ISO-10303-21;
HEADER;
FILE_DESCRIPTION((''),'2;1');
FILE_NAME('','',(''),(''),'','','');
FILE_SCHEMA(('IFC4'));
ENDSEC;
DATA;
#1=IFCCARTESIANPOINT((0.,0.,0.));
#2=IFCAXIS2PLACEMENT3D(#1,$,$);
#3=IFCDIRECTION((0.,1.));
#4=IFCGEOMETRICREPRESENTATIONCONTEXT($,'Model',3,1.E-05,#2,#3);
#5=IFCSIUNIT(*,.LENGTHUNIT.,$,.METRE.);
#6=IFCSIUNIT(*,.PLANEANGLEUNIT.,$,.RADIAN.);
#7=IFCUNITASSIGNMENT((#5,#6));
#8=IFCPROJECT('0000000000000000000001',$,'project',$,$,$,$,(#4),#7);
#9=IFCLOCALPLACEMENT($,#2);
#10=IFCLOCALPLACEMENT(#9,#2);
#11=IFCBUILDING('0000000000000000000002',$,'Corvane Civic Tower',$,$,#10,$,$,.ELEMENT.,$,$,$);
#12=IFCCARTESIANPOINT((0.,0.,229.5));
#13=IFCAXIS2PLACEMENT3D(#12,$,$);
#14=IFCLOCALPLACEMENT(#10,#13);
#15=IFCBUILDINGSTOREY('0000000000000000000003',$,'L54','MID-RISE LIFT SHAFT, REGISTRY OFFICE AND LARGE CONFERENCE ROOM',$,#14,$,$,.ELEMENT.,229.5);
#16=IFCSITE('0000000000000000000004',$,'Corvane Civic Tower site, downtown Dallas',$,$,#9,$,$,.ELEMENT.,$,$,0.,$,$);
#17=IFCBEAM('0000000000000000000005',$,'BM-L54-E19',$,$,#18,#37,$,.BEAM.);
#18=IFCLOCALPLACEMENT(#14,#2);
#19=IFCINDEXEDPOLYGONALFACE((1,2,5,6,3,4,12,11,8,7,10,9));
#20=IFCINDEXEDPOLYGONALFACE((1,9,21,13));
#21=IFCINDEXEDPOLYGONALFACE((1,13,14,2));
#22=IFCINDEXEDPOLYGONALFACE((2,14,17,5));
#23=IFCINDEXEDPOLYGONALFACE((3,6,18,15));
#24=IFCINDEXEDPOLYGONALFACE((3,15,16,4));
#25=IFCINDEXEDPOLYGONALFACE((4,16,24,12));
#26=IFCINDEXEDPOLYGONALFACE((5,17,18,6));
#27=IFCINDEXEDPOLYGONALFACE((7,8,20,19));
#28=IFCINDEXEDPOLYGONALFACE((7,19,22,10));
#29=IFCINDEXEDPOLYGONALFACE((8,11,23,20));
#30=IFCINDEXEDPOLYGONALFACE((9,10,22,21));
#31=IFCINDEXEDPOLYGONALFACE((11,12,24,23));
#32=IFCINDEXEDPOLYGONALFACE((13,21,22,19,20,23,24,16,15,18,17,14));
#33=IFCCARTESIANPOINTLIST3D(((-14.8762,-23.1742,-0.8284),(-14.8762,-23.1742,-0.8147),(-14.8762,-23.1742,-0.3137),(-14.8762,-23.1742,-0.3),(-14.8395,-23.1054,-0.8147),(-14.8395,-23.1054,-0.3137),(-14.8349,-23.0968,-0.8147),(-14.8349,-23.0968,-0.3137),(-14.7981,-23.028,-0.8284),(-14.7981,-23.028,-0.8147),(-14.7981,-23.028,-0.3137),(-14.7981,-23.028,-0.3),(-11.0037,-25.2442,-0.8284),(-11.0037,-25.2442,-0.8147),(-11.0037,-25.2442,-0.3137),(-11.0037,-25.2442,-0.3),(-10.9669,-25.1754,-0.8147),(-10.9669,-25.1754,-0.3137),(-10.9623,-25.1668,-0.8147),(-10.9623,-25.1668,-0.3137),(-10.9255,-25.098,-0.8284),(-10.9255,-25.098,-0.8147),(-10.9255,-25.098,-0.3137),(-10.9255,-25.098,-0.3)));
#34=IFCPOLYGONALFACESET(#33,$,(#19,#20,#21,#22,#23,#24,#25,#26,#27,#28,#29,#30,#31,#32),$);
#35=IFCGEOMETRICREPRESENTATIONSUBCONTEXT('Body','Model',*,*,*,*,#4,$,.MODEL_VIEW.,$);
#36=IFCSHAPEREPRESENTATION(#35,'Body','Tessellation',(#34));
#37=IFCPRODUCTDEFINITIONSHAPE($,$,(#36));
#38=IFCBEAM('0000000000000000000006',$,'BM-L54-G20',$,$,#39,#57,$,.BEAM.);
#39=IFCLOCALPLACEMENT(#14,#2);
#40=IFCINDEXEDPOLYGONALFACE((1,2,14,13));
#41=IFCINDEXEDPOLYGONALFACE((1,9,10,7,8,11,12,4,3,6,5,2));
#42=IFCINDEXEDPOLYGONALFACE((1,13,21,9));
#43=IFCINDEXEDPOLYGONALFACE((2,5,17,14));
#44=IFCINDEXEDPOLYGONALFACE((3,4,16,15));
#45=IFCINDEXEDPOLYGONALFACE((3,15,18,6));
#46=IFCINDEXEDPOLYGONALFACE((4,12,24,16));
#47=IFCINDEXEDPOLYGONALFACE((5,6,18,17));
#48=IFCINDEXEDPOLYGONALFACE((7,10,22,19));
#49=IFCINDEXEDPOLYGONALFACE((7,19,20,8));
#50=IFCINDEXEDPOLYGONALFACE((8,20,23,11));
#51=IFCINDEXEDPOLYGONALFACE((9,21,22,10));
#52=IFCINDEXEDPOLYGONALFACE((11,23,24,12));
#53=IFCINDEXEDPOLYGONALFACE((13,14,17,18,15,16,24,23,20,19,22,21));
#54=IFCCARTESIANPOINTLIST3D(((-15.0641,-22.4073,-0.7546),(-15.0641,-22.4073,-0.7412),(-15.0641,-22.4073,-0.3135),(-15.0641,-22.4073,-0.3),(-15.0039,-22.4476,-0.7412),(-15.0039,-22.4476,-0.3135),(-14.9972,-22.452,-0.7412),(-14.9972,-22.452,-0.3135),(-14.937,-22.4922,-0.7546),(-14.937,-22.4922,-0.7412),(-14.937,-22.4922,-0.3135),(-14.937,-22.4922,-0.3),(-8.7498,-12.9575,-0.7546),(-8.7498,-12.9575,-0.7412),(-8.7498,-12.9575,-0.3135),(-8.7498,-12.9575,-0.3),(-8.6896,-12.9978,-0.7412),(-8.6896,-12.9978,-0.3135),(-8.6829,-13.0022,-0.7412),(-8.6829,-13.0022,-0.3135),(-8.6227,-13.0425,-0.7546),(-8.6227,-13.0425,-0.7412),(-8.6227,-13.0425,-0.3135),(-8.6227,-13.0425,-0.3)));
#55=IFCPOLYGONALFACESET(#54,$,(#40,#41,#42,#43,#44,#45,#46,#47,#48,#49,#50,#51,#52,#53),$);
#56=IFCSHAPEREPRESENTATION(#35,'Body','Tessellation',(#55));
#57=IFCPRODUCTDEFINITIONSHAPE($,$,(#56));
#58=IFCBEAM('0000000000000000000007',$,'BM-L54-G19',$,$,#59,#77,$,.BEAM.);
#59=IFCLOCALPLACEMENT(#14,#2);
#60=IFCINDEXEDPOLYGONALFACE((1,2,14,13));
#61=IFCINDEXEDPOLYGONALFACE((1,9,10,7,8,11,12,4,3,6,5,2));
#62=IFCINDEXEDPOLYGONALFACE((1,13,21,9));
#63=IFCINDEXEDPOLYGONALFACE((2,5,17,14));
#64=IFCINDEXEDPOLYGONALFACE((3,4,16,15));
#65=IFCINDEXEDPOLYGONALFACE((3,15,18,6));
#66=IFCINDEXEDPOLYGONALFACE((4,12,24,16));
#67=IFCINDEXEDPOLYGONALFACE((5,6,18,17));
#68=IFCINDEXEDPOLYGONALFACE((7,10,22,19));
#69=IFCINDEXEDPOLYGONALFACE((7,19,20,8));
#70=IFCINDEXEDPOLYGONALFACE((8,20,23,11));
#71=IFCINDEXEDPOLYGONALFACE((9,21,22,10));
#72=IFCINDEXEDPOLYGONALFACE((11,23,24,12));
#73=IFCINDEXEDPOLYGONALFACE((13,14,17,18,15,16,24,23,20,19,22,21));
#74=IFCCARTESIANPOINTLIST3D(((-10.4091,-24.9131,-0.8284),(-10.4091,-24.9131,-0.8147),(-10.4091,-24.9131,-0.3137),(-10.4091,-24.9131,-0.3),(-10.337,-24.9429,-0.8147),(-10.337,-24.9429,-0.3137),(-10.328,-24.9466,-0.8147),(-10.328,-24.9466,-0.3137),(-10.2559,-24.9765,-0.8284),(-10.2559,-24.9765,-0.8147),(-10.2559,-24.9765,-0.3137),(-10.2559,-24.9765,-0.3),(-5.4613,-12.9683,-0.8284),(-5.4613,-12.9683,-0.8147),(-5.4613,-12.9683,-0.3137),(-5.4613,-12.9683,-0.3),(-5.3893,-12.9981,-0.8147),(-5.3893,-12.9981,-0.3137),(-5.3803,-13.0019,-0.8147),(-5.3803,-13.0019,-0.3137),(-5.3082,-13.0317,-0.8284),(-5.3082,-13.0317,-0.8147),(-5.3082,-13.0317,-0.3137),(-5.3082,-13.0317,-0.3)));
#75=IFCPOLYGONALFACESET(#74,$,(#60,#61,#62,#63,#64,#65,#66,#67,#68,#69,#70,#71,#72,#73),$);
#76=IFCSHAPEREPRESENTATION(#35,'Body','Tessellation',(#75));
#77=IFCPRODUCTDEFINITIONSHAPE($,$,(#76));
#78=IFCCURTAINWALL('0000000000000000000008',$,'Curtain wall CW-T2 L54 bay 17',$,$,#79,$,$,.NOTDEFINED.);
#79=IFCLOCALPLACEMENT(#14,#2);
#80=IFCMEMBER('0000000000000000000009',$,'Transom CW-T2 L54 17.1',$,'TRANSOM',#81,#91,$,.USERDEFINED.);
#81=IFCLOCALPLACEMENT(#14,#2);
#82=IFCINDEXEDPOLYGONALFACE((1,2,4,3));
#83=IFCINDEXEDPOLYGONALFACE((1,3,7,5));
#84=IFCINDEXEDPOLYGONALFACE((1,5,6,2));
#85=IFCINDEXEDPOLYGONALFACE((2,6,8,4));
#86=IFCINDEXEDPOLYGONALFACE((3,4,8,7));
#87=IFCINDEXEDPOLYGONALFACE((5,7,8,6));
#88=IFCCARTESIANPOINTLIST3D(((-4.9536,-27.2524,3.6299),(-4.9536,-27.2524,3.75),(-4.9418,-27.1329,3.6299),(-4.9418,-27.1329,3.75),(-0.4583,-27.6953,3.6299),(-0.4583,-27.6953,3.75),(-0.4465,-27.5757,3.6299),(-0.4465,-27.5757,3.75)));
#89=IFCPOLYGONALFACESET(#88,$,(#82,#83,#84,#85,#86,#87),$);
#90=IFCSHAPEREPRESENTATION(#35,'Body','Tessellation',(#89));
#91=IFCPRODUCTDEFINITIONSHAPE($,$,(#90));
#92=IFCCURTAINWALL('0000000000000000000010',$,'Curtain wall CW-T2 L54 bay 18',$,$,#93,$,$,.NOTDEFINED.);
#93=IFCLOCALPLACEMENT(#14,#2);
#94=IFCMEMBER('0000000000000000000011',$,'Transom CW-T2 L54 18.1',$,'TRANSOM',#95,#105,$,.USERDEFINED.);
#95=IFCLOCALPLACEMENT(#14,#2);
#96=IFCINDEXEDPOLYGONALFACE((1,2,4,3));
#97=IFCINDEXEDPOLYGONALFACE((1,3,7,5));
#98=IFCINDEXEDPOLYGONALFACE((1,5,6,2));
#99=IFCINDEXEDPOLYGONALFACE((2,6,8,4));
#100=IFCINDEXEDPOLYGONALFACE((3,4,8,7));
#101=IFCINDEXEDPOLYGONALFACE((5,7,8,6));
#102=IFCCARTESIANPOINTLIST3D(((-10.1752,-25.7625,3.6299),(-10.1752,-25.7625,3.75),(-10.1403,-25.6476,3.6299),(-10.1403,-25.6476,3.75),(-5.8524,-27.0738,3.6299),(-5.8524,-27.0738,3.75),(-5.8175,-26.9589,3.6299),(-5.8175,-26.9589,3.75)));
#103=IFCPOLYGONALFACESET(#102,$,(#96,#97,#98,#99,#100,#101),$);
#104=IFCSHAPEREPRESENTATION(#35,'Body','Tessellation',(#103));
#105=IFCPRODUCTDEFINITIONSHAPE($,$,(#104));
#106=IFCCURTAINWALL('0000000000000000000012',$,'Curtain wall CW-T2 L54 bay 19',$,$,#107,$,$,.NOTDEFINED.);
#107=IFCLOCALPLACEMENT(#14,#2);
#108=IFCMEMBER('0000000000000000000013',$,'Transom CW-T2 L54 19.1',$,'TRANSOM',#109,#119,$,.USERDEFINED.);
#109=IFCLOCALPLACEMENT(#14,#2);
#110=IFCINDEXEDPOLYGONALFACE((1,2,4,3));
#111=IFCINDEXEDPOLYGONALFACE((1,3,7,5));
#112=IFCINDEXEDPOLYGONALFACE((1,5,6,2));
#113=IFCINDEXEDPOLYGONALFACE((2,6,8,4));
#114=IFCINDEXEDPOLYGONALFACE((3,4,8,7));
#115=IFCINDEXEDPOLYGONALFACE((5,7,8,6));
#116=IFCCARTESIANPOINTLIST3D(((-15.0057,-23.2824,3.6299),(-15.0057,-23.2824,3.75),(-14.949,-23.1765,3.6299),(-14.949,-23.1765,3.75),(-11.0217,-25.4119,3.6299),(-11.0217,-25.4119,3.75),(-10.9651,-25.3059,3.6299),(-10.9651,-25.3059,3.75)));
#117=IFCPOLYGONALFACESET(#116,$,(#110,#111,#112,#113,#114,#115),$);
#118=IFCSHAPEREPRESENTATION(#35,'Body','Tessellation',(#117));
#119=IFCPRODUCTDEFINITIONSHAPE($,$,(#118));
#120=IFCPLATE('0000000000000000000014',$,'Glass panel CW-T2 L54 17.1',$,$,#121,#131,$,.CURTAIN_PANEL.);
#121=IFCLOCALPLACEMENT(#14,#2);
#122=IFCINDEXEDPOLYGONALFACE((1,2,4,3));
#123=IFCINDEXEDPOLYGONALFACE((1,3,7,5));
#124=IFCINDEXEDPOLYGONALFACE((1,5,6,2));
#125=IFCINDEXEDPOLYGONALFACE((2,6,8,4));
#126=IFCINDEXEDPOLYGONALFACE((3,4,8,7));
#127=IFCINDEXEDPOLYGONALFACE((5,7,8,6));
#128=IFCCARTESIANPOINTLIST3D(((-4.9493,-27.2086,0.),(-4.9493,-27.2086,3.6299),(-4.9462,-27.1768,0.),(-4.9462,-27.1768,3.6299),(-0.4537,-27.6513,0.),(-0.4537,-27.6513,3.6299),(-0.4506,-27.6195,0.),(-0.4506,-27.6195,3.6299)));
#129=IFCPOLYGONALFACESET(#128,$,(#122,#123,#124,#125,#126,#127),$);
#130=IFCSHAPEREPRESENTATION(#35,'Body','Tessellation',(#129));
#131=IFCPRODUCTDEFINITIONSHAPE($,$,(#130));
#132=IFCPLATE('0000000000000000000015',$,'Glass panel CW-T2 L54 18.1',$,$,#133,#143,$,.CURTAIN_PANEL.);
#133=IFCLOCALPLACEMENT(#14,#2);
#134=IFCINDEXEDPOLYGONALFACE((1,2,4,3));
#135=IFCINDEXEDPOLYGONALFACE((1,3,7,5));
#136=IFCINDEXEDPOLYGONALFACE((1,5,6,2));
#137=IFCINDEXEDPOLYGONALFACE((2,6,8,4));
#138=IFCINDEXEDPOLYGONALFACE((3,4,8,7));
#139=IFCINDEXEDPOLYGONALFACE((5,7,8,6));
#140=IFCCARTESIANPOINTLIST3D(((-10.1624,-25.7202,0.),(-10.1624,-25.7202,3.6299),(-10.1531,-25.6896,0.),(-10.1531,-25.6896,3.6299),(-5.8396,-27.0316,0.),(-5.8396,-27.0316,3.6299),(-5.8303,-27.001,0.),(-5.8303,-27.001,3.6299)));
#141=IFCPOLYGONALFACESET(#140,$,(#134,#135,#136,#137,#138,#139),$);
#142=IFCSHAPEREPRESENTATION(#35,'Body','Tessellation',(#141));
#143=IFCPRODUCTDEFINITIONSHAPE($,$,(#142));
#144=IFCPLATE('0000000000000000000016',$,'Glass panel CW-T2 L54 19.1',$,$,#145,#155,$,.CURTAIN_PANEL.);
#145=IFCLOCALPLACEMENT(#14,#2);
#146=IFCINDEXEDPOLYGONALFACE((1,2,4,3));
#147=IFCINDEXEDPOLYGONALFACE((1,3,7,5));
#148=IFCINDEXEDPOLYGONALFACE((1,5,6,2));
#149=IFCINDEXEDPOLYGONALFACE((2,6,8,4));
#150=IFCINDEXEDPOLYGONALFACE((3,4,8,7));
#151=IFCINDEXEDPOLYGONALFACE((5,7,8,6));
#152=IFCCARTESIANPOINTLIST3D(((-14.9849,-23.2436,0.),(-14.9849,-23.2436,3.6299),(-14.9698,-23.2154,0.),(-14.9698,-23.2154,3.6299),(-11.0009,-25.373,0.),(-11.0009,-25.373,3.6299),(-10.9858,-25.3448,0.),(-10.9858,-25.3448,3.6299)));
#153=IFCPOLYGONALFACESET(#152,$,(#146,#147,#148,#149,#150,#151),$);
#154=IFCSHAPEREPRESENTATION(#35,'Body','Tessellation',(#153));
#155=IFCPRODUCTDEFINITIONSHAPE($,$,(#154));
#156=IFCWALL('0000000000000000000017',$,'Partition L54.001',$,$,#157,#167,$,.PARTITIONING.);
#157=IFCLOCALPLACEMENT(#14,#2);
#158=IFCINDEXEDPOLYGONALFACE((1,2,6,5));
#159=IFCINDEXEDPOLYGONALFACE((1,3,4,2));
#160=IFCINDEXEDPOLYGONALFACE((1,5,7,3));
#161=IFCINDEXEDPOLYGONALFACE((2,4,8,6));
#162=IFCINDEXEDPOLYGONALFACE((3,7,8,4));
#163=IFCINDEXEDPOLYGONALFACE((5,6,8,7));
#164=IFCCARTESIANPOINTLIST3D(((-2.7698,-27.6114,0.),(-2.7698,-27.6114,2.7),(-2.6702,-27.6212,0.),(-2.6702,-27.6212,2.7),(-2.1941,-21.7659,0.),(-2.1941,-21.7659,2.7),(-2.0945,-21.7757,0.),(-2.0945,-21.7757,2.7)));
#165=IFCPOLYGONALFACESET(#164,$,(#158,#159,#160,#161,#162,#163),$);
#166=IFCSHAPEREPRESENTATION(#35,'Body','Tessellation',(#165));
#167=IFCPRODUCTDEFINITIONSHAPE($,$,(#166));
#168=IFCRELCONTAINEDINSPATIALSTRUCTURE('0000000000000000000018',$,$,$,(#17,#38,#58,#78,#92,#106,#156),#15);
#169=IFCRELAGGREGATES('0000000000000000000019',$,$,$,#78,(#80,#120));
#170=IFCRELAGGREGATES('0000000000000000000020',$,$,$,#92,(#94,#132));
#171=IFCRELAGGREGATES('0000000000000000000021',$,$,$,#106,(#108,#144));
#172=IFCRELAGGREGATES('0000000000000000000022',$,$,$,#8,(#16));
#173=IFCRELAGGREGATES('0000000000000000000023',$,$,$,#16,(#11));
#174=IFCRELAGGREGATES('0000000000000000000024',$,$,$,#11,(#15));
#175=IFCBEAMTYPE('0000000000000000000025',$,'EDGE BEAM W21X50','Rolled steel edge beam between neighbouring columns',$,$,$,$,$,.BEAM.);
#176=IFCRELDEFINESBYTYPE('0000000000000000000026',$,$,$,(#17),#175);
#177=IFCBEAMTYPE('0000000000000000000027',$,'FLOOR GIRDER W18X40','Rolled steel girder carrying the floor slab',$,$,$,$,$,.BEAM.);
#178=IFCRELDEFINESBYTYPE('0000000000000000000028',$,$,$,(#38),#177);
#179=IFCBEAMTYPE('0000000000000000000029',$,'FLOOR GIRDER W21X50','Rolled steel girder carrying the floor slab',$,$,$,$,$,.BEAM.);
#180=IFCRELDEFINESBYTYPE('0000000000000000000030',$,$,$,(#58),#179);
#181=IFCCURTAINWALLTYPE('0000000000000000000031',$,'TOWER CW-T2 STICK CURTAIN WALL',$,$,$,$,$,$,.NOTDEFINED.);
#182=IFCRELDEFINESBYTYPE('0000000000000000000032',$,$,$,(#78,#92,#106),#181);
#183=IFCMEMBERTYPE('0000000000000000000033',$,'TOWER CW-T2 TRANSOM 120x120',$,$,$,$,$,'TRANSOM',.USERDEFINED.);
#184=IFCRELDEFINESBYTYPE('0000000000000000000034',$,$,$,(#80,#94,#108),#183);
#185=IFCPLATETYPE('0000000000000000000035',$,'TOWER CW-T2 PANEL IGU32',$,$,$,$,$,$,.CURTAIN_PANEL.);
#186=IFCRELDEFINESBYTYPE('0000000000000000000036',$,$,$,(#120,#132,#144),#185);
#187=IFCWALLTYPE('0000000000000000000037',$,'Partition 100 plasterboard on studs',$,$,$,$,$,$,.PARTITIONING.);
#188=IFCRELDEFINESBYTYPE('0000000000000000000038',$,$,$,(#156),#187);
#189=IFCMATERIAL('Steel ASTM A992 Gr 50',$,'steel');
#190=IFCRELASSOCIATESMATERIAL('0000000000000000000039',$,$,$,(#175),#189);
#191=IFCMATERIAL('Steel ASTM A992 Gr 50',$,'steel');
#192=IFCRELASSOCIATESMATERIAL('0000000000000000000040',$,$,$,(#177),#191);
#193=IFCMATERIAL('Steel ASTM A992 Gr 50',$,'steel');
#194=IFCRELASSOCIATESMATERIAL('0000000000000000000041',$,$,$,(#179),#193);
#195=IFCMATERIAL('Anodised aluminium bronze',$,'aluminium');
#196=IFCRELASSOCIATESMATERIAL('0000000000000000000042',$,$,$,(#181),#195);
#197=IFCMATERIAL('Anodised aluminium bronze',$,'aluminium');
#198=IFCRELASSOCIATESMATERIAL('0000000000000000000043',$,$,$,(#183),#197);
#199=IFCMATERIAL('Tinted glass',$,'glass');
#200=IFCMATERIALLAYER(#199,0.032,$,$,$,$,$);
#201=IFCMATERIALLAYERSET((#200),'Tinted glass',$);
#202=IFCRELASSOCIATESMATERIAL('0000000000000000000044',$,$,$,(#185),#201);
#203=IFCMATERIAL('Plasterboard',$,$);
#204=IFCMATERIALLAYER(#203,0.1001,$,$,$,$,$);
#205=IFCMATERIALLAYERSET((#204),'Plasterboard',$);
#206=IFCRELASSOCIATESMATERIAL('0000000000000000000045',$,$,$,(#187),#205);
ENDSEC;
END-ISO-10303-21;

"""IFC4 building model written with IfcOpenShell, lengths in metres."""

from ifc_helpers import new_model, si_unit, direction, frame, frame_2d, origin, origin_2d, place, context, subcontext, project, spatial, rectangle, i_section, extrude, material, layer, layer_set, material_profile, profile_set, type_object, element, aggregate, save


model = new_model("IFC4")

# Units and contexts
model_context = context("Model", 3, precision=1e-05, world=origin(), true_north=direction((0.0, 1.0)))
body_context = subcontext(model_context, "Body", "Model", "MODEL_VIEW")
ifc_project = project(units=[si_unit("LENGTHUNIT", "METRE"), si_unit("PLANEANGLEUNIT", "RADIAN")], contexts=[model_context])

# Site, building, storey
site_placement = place(None, origin())
site = spatial("IfcSite", under=ifc_project, at=site_placement, Name="Corvane Civic Tower site, downtown Dallas", CompositionType="ELEMENT", RefElevation=0.0)
building_placement = place(site_placement, origin())
building = spatial("IfcBuilding", under=site, at=building_placement, Name="Corvane Civic Tower", CompositionType="ELEMENT")
storey_placement = place(building_placement, frame((0.0, 0.0, 229.5)))
storey = spatial("IfcBuildingStorey", under=building, at=storey_placement, Name="L54", Description="MID-RISE LIFT SHAFT, REGISTRY OFFICE AND LARGE CONFERENCE ROOM", CompositionType="ELEMENT", Elevation=229.5)

# Beams
ifc_material_1 = material(Name="Steel ASTM A992 Gr 50", Category="steel")
ifc_material_profile_1 = material_profile(ifc_material_1, i_section(OverallWidth=0.1658, OverallDepth=0.5283, WebThickness=0.0098, FlangeThickness=0.0137, at=origin_2d()), Name="W21X50")
ifc_profile_set_1 = profile_set([ifc_material_profile_1], Name="Steel ASTM A992 Gr 50")
beam_type_1 = type_object("IfcBeamType", Name="EDGE BEAM W21X50", Description="Rolled steel edge beam between neighbouring columns", PredefinedType="BEAM", material=ifc_profile_set_1)
beam_1_placement = place(storey_placement, frame((-10.9646, -25.1711, -0.5642), z_axis=(-0.881908, 0.471422, 0.0), x_axis=(-0.471422, -0.881908, 0.0)))
element("IfcBeam", 1, at=beam_1_placement, inside=storey, type_object=beam_type_1, Name="BM-L54-E19", PredefinedType="BEAM", context=body_context, shape_type="SweptSolid", body=[
    extrude(i_section(OverallWidth=0.1658, OverallDepth=0.5283, WebThickness=0.0098, FlangeThickness=0.0137, at=origin_2d()), origin(), (0.0, 0.0, 1.0), 4.3911),
])
ifc_material_2 = material(Name="Steel ASTM A992 Gr 50", Category="steel")
ifc_material_profile_2 = material_profile(ifc_material_2, i_section(OverallWidth=0.1528, OverallDepth=0.4546, WebThickness=0.0081, FlangeThickness=0.0134, at=origin_2d()), Name="W18X40")
ifc_profile_set_2 = profile_set([ifc_material_profile_2], Name="Steel ASTM A992 Gr 50")
beam_type_2 = type_object("IfcBeamType", Name="FLOOR GIRDER W18X40", Description="Rolled steel girder carrying the floor slab", PredefinedType="BEAM", material=ifc_profile_set_2)
beam_2_placement = place(storey_placement, frame((-8.6863, -13.0, -0.5273), z_axis=(-0.555577, -0.831465, 0.0), x_axis=(0.831465, -0.555577, 0.0)))
element("IfcBeam", 2, at=beam_2_placement, inside=storey, type_object=beam_type_2, Name="BM-L54-G20", PredefinedType="BEAM", context=body_context, shape_type="SweptSolid", body=[
    extrude(i_section(OverallWidth=0.1528, OverallDepth=0.4546, WebThickness=0.0081, FlangeThickness=0.0134, at=origin_2d()), origin(), (0.0, 0.0, 1.0), 11.3652),
])
ifc_material_3 = material(Name="Steel ASTM A992 Gr 50", Category="steel")
ifc_material_profile_3 = material_profile(ifc_material_3, i_section(OverallWidth=0.1658, OverallDepth=0.5283, WebThickness=0.0098, FlangeThickness=0.0137, at=origin_2d()), Name="W21X50")
ifc_profile_set_3 = profile_set([ifc_material_profile_3], Name="Steel ASTM A992 Gr 50")
beam_type_3 = type_object("IfcBeamType", Name="FLOOR GIRDER W21X50", Description="Rolled steel girder carrying the floor slab", PredefinedType="BEAM", material=ifc_profile_set_3)
beam_3_placement = place(storey_placement, frame((-5.3848, -13.0, -0.5642), z_axis=(-0.382686, -0.923878, 0.0), x_axis=(0.923878, -0.382686, 0.0)))
element("IfcBeam", 3, at=beam_3_placement, inside=storey, type_object=beam_type_3, Name="BM-L54-G19", PredefinedType="BEAM", context=body_context, shape_type="SweptSolid", body=[
    extrude(i_section(OverallWidth=0.1658, OverallDepth=0.5283, WebThickness=0.0098, FlangeThickness=0.0137, at=origin_2d()), origin(), (0.0, 0.0, 1.0), 12.929),
])

# Curtain walls, members
ifc_material_4 = material(Name="Anodised aluminium bronze", Category="aluminium")
curtain_wall_type = type_object("IfcCurtainWallType", Name="TOWER CW-T2 STICK CURTAIN WALL", PredefinedType="NOTDEFINED", material=ifc_material_4)
curtain_wall_1_placement = place(storey_placement, origin())
curtain_wall_1 = element("IfcCurtainWall", 4, at=curtain_wall_1_placement, inside=storey, type_object=curtain_wall_type, Name="Curtain wall CW-T2 L54 bay 17", PredefinedType="NOTDEFINED")
ifc_material_5 = material(Name="Anodised aluminium bronze", Category="aluminium")
ifc_material_profile_4 = material_profile(ifc_material_5, rectangle(XDim=0.1201, YDim=0.1201, at=origin_2d()), Name="TOWER CW-T2 TRANSOM 120x120")
ifc_profile_set_4 = profile_set([ifc_material_profile_4], Name="Anodised aluminium bronze")
member_type = type_object("IfcMemberType", Name="TOWER CW-T2 TRANSOM 120x120", ElementType="TRANSOM", PredefinedType="USERDEFINED", material=ifc_profile_set_4)
member_1_placement = place(storey_placement, frame((-0.4524, -27.6355, 3.6899), z_axis=(-0.995182, 0.098043, 0.0), x_axis=(-0.098043, -0.995182, 0.0)))
member_1 = element("IfcMember", 5, at=member_1_placement, type_object=member_type, Name="Transom CW-T2 L54 17.1", ObjectType="TRANSOM", PredefinedType="USERDEFINED", context=body_context, shape_type="SweptSolid", body=[
    extrude(rectangle(XDim=0.1201, YDim=0.1201, at=origin_2d()), origin(), (0.0, 0.0, 1.0), 4.5171),
])
curtain_wall_2_placement = place(storey_placement, origin())
curtain_wall_2 = element("IfcCurtainWall", 6, at=curtain_wall_2_placement, inside=storey, type_object=curtain_wall_type, Name="Curtain wall CW-T2 L54 bay 18", PredefinedType="NOTDEFINED")
member_2_placement = place(storey_placement, frame((-5.835, -27.0164, 3.6899), z_axis=(-0.956941, 0.290282, 0.0), x_axis=(-0.290282, -0.956941, 0.0)))
member_2 = element("IfcMember", 7, at=member_2_placement, type_object=member_type, Name="Transom CW-T2 L54 18.1", ObjectType="TRANSOM", PredefinedType="USERDEFINED", context=body_context, shape_type="SweptSolid", body=[
    extrude(rectangle(XDim=0.1201, YDim=0.1201, at=origin_2d()), origin(), (0.0, 0.0, 1.0), 4.5173),
])
curtain_wall_3_placement = place(storey_placement, origin())
curtain_wall_3 = element("IfcCurtainWall", 8, at=curtain_wall_3_placement, inside=storey, type_object=curtain_wall_type, Name="Curtain wall CW-T2 L54 bay 19", PredefinedType="NOTDEFINED")
member_3_placement = place(storey_placement, frame((-10.9934, -25.3589, 3.6899), z_axis=(-0.881925, 0.47139, 0.0), x_axis=(-0.47139, -0.881925, 0.0)))
member_3 = element("IfcMember", 9, at=member_3_placement, type_object=member_type, Name="Transom CW-T2 L54 19.1", ObjectType="TRANSOM", PredefinedType="USERDEFINED", context=body_context, shape_type="SweptSolid", body=[
    extrude(rectangle(XDim=0.1201, YDim=0.1201, at=origin_2d()), origin(), (0.0, 0.0, 1.0), 4.5173),
])

# Plates
ifc_material_6 = material(Name="Tinted glass", Category="glass")
ifc_layer_1 = layer(ifc_material_6, 0.032)
ifc_layer_set_1 = layer_set([ifc_layer_1], Name="Tinted glass")
plate_type = type_object("IfcPlateType", Name="TOWER CW-T2 PANEL IGU32", PredefinedType="CURTAIN_PANEL", material=ifc_layer_set_1)
plate_1_placement = place(storey_placement, frame((-2.7, -27.4141, 0.0), z_axis=(0.0, 0.0, 1.0), x_axis=(-0.995187, 0.097993, 0.0)))
plate_1 = element("IfcPlate", 10, at=plate_1_placement, type_object=plate_type, Name="Glass panel CW-T2 L54 17.1", PredefinedType="CURTAIN_PANEL", context=body_context, shape_type="SweptSolid", body=[
    extrude(rectangle(XDim=4.5173, YDim=0.032, at=origin_2d()), origin(), (0.0, 0.0, 1.0), 3.6299),
])
aggregate(curtain_wall_1, [member_1, plate_1])
plate_2_placement = place(storey_placement, frame((-7.9963, -26.3606, 0.0), z_axis=(0.0, 0.0, 1.0), x_axis=(-0.956939, 0.29029, 0.0)))
plate_2 = element("IfcPlate", 11, at=plate_2_placement, type_object=plate_type, Name="Glass panel CW-T2 L54 18.1", PredefinedType="CURTAIN_PANEL", context=body_context, shape_type="SweptSolid", body=[
    extrude(rectangle(XDim=4.5173, YDim=0.032, at=origin_2d()), origin(), (0.0, 0.0, 1.0), 3.6299),
])
aggregate(curtain_wall_2, [member_2, plate_2])
plate_3_placement = place(storey_placement, frame((-12.9854, -24.2942, 0.0), z_axis=(0.0, 0.0, 1.0), x_axis=(-0.88192, 0.471398, 0.0)))
plate_3 = element("IfcPlate", 12, at=plate_3_placement, type_object=plate_type, Name="Glass panel CW-T2 L54 19.1", PredefinedType="CURTAIN_PANEL", context=body_context, shape_type="SweptSolid", body=[
    extrude(rectangle(XDim=4.5173, YDim=0.032, at=origin_2d()), origin(), (0.0, 0.0, 1.0), 3.6299),
])
aggregate(curtain_wall_3, [member_3, plate_3])

# Wall
ifc_material_7 = material(Name="Plasterboard")
ifc_layer_2 = layer(ifc_material_7, 0.1001)
ifc_layer_set_2 = layer_set([ifc_layer_2], Name="Plasterboard")
wall_type = type_object("IfcWallType", Name="Partition 100 plasterboard on studs", PredefinedType="PARTITIONING", material=ifc_layer_set_2)
wall_1_placement = place(storey_placement, frame((-2.72, -27.6165, 0.0), z_axis=(0.0, 0.0, 1.0), x_axis=(0.09801, 0.995185, 0.0)))
element("IfcWall", 13, at=wall_1_placement, inside=storey, type_object=wall_type, Name="Partition L54.001", PredefinedType="PARTITIONING", context=body_context, shape_type="SweptSolid", body=[
    extrude(rectangle(XDim=5.8738, YDim=0.1001, at=frame_2d((2.937, 0.0))), origin(), (0.0, 0.0, 1.0), 2.7),
])

save(model, "model.ifc")
